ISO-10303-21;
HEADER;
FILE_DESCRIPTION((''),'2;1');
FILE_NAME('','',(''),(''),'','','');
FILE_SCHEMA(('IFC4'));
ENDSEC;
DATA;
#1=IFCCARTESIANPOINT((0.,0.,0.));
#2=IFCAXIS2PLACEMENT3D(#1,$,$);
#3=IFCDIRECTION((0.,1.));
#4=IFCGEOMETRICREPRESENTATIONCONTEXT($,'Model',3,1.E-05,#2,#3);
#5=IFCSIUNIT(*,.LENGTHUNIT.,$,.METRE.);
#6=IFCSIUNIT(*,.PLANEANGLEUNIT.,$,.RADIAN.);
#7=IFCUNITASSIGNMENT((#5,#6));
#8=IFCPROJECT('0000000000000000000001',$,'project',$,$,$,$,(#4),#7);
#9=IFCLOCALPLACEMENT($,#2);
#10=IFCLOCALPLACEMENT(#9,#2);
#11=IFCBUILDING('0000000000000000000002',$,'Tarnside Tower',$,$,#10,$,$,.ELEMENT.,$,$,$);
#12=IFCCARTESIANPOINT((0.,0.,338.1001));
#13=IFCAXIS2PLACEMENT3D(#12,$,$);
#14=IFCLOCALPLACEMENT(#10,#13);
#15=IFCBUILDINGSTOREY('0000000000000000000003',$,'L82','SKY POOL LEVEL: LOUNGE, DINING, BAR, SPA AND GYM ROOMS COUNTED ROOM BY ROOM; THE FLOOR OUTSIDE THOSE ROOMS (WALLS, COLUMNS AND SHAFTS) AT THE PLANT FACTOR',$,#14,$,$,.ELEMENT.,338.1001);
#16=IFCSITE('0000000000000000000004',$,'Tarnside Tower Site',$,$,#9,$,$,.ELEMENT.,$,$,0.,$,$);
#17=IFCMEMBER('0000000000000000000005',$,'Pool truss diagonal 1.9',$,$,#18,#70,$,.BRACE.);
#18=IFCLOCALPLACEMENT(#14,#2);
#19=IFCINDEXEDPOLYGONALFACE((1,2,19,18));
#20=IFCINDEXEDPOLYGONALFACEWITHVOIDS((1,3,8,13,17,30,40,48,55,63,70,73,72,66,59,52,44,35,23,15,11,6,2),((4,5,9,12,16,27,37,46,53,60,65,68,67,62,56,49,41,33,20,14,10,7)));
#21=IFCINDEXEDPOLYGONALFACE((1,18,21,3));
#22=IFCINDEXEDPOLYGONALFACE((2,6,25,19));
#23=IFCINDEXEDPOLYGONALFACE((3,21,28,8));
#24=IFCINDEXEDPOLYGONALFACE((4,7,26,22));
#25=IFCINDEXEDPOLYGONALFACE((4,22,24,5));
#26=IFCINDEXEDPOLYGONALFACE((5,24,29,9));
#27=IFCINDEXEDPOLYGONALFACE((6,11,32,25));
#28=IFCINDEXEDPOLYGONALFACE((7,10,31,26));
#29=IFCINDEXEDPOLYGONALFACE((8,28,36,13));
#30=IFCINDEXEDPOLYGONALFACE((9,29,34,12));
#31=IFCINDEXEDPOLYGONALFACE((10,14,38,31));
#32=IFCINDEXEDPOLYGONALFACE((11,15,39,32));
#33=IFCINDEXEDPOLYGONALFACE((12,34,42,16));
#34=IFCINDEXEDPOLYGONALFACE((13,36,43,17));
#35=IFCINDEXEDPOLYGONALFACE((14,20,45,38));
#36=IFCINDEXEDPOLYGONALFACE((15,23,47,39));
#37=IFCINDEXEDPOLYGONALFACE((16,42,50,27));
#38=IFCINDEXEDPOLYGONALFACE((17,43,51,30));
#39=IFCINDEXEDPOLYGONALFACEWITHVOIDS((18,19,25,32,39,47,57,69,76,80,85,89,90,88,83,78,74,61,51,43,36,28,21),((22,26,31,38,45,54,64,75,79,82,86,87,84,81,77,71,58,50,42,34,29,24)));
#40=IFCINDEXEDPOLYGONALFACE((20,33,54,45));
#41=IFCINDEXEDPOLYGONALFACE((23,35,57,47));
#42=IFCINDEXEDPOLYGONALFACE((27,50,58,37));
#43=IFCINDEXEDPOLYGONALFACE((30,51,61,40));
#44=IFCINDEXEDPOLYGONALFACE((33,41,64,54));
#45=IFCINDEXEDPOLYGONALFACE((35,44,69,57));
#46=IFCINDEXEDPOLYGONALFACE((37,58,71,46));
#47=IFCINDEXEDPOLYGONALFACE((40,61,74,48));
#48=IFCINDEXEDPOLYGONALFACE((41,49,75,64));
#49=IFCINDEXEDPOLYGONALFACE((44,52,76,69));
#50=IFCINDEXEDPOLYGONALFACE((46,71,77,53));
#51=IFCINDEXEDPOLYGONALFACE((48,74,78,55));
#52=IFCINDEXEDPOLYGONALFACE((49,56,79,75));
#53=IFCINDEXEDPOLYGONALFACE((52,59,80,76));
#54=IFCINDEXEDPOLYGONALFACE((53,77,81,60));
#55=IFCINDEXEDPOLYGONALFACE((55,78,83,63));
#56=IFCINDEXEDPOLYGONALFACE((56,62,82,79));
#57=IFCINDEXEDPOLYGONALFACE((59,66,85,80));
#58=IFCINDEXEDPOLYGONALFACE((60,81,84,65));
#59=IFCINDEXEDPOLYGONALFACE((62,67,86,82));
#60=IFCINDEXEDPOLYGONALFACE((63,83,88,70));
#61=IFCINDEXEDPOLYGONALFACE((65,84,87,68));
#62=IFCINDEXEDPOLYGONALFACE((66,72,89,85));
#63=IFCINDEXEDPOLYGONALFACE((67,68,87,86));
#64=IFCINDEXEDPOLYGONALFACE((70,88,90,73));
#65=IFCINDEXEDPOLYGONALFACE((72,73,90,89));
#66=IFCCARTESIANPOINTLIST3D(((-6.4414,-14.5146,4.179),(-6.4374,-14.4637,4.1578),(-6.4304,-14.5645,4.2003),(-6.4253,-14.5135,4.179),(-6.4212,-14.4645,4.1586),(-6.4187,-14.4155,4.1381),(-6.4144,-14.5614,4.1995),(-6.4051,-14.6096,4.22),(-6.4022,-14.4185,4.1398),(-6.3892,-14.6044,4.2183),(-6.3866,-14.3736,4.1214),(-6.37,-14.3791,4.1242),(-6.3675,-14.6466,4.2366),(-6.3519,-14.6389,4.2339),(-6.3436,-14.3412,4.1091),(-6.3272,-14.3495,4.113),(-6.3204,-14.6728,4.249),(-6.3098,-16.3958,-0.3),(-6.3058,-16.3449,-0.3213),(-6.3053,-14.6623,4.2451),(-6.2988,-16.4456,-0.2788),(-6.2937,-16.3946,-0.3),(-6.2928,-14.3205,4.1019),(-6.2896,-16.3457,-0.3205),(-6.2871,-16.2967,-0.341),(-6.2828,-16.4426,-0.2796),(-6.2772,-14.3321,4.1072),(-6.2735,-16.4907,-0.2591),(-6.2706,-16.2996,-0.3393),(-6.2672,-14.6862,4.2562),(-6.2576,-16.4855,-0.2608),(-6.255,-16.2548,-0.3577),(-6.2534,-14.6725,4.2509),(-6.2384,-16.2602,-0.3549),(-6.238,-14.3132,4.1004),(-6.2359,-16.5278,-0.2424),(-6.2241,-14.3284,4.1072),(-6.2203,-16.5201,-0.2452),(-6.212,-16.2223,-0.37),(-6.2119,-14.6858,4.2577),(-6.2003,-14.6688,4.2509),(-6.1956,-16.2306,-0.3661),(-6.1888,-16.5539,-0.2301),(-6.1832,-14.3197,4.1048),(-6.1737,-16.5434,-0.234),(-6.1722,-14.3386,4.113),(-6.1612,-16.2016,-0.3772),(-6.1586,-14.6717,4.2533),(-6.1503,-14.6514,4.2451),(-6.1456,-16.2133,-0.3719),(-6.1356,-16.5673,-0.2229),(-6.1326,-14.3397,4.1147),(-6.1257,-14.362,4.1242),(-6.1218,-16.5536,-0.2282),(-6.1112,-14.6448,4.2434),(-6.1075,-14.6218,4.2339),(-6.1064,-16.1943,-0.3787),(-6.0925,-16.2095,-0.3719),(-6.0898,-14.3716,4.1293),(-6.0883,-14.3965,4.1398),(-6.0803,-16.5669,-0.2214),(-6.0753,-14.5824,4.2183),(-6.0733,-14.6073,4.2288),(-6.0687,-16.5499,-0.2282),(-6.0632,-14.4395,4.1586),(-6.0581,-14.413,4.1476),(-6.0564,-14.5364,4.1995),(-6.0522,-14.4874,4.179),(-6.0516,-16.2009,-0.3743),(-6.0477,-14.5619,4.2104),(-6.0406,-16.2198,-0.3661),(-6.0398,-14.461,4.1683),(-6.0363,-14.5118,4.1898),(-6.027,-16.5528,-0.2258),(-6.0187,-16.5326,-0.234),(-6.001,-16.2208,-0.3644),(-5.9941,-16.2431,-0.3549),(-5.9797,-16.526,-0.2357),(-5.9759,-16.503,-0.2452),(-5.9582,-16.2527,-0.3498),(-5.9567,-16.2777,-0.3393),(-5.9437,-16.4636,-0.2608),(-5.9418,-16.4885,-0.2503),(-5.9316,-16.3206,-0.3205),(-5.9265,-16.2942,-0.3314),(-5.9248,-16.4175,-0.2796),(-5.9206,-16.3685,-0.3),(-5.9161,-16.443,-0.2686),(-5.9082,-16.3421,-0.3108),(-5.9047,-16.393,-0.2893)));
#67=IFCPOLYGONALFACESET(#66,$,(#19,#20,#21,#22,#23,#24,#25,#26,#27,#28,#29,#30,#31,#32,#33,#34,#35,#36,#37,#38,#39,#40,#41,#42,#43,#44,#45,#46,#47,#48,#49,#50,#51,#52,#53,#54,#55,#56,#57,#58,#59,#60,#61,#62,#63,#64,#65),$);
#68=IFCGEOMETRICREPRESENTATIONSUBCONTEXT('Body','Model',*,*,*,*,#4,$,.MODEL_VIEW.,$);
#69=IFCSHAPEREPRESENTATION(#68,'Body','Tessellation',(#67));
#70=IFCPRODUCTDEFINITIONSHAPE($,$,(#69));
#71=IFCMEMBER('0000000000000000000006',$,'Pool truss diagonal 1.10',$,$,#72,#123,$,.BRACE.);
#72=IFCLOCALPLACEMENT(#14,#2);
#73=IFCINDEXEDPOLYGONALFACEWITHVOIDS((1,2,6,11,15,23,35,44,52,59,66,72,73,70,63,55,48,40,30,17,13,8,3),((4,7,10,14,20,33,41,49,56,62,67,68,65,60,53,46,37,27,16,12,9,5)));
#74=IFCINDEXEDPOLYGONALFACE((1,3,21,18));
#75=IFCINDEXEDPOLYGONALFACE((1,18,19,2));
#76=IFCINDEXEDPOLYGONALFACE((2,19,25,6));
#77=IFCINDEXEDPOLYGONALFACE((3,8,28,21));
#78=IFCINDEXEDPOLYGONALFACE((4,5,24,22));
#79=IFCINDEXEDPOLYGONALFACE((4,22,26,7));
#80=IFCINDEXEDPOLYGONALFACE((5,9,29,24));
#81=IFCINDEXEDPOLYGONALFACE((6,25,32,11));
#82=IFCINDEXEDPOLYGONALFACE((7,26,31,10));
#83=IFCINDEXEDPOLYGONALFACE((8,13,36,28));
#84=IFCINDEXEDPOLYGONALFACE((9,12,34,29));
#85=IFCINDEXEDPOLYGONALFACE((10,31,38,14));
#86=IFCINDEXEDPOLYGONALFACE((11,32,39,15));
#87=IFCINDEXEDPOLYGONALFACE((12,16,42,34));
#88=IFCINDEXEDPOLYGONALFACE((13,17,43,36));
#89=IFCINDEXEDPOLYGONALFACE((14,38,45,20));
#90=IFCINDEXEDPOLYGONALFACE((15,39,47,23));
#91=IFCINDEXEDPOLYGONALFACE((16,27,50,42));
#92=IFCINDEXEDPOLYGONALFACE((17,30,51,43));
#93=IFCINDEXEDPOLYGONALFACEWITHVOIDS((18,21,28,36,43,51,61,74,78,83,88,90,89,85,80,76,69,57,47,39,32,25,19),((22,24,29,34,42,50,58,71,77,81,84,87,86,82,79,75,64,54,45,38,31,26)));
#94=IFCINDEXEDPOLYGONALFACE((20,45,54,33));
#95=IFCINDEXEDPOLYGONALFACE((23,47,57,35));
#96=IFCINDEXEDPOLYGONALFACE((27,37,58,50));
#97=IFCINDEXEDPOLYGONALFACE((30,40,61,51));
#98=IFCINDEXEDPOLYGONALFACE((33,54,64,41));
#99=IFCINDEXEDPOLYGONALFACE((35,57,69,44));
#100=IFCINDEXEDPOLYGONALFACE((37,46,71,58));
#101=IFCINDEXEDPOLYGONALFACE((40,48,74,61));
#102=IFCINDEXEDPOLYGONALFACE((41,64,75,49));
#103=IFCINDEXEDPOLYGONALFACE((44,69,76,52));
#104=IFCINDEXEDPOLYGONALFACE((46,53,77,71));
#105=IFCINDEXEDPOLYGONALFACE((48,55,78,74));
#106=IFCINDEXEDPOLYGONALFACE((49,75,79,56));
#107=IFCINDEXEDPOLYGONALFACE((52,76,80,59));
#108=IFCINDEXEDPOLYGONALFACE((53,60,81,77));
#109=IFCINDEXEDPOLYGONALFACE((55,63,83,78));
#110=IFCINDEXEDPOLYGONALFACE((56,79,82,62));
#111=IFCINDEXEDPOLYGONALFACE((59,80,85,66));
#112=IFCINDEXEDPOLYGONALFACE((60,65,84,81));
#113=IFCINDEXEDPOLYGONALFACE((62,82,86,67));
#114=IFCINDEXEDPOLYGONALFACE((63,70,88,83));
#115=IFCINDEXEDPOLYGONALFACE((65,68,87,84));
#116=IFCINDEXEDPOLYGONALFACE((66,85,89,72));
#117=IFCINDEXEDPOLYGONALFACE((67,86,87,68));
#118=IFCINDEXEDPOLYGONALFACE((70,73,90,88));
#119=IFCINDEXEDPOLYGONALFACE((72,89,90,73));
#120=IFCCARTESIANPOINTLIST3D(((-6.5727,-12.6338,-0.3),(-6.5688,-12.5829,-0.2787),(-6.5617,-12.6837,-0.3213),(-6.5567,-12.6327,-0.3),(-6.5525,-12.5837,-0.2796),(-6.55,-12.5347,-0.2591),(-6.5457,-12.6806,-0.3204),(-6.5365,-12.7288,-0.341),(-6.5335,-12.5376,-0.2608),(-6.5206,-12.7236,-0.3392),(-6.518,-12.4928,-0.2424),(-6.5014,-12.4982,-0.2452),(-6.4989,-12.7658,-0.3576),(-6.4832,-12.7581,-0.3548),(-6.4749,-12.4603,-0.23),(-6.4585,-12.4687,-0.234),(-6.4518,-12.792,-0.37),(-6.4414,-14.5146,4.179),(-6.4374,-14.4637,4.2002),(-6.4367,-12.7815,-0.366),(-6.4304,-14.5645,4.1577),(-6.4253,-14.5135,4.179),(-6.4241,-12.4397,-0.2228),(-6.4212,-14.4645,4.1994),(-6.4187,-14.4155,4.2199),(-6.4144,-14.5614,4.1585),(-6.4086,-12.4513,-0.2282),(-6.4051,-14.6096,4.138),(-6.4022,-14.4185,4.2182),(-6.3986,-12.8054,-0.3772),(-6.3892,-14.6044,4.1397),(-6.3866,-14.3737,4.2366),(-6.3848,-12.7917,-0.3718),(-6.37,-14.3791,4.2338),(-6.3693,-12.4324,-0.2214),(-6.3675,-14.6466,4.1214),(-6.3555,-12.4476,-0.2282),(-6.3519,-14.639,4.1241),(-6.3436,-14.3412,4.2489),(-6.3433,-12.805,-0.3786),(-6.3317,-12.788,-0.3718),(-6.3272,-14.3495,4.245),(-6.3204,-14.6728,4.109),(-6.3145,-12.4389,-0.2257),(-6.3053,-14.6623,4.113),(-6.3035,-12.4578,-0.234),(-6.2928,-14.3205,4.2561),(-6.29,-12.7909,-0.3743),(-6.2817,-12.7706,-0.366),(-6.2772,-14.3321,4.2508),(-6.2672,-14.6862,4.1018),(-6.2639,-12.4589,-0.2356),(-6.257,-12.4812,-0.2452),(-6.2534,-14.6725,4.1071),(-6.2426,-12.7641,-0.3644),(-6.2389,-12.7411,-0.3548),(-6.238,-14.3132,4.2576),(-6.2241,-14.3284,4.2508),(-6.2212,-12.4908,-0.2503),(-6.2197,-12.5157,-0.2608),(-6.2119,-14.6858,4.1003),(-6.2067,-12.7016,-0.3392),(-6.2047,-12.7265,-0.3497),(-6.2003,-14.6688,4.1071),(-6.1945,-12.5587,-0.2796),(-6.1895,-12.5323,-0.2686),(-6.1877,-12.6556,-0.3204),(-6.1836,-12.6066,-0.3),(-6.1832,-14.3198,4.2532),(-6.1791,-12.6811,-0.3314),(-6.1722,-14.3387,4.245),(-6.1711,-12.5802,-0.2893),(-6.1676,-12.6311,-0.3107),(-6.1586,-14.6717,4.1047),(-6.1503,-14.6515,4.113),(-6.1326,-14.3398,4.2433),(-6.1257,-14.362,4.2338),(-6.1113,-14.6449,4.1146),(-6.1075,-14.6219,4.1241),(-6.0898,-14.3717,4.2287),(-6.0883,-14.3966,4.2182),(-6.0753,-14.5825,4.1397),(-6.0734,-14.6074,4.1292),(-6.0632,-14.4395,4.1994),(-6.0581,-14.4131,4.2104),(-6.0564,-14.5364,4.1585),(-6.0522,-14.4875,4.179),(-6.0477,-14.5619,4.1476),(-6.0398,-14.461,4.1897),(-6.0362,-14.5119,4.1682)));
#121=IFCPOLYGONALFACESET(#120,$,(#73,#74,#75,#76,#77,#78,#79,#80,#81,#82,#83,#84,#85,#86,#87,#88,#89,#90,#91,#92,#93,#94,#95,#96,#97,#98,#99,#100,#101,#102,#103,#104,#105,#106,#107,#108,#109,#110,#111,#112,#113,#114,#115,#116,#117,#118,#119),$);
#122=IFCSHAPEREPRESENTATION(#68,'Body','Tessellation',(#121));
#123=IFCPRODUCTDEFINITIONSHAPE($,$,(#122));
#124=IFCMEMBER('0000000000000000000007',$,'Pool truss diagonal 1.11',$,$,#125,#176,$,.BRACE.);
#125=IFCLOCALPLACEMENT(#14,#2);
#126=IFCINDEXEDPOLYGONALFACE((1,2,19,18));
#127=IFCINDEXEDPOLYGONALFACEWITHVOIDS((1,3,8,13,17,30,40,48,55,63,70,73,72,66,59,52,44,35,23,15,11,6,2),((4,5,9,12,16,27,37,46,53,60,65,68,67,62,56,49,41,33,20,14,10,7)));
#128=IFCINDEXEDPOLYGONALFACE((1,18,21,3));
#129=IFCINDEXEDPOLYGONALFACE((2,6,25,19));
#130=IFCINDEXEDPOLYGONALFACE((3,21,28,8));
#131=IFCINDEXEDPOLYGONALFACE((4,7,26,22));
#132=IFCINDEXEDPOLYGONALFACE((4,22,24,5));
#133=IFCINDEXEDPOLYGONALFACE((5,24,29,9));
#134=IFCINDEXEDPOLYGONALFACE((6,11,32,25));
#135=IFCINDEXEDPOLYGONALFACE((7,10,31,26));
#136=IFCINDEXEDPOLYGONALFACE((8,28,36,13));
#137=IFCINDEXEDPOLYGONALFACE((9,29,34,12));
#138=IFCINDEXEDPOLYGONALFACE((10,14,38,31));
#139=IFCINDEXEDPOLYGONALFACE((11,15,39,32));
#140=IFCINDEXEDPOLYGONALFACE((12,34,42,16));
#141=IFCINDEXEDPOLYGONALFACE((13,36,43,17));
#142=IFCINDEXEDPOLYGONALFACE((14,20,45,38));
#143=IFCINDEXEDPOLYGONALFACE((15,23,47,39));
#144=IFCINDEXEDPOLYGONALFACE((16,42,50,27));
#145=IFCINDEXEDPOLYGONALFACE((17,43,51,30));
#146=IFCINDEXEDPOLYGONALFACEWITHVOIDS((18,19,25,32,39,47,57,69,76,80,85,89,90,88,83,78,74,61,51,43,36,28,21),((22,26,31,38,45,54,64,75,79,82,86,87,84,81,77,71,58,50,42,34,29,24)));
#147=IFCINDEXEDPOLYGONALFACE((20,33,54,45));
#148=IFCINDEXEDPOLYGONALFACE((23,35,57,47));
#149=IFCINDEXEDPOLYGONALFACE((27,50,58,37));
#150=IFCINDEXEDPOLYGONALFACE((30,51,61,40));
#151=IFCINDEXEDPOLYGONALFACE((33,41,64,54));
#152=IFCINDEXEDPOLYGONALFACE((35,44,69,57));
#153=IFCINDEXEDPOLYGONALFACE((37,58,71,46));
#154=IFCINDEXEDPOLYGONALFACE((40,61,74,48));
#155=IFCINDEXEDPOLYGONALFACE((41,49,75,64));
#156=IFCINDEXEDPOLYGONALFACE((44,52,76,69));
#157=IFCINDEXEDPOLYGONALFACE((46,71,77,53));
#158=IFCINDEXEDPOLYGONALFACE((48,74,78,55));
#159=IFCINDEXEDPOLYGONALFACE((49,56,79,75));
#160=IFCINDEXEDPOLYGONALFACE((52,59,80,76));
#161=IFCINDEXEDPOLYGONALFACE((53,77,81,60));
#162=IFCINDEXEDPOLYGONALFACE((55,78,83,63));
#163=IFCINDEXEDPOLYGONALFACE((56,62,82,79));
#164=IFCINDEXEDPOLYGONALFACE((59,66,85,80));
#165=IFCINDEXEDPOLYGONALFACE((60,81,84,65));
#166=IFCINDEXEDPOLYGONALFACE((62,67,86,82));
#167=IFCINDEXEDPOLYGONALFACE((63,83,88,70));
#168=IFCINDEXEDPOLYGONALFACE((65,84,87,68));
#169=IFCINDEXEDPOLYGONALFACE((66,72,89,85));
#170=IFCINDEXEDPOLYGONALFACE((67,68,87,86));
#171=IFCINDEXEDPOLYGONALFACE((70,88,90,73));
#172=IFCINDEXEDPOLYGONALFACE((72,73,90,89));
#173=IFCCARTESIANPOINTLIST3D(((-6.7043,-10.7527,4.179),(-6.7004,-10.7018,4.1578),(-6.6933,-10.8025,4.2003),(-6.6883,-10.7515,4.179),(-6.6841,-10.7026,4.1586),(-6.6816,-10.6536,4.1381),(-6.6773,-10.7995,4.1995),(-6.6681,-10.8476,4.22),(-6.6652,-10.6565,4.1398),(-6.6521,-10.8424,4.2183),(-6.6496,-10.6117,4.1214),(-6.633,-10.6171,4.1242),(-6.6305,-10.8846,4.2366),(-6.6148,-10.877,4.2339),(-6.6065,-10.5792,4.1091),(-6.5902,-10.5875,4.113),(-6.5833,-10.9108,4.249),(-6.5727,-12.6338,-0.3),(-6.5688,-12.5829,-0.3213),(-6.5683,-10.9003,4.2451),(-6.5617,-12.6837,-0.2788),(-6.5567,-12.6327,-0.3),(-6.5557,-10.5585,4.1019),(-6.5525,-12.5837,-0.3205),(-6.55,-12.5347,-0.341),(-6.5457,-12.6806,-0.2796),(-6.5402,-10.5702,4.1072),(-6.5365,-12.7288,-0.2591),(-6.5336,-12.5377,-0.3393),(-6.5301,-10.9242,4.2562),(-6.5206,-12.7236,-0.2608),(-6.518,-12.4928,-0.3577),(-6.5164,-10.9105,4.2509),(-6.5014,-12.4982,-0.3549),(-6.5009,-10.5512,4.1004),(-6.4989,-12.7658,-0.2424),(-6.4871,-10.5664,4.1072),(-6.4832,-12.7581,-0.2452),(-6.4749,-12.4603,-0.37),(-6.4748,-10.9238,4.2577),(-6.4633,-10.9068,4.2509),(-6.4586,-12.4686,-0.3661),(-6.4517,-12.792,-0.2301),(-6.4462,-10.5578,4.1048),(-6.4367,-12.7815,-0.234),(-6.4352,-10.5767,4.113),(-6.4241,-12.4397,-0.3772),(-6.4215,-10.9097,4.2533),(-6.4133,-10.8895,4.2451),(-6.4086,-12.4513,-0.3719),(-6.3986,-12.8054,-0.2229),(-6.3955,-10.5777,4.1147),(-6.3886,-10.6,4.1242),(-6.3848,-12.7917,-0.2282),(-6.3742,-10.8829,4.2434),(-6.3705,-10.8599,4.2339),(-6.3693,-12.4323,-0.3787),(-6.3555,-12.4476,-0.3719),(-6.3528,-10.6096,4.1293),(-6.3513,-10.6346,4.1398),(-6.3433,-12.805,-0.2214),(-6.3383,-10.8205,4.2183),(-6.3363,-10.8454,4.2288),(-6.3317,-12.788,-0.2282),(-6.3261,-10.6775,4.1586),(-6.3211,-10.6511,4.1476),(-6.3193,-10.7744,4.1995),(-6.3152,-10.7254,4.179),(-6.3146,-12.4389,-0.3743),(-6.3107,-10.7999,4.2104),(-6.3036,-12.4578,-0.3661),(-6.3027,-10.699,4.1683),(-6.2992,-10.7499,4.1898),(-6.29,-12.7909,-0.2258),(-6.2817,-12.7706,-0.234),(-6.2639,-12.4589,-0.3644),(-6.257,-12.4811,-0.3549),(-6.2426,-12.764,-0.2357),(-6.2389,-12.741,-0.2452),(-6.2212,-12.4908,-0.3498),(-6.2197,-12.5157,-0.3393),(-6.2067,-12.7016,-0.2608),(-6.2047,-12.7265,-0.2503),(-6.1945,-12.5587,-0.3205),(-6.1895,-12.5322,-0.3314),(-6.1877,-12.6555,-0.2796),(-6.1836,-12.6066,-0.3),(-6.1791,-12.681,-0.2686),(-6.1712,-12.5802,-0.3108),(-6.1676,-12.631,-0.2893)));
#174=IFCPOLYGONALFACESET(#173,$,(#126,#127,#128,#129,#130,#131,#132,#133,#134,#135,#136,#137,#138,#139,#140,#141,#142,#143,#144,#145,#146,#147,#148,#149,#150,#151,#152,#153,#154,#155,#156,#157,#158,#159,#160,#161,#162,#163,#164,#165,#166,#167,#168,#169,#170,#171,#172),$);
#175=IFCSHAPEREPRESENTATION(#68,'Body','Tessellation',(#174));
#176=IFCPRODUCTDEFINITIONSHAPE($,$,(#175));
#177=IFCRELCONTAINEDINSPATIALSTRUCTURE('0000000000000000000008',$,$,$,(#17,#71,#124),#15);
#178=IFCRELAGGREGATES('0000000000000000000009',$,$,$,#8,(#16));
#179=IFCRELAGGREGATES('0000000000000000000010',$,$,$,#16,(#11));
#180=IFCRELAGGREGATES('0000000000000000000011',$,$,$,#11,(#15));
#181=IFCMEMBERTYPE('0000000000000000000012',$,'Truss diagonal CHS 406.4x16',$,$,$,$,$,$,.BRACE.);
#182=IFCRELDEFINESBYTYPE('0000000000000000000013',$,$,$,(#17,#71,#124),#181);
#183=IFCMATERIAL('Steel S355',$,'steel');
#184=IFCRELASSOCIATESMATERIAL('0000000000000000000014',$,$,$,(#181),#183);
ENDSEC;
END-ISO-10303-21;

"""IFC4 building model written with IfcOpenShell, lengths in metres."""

from ifc_helpers import new_model, si_unit, direction, frame, origin, origin_2d, place, context, subcontext, project, spatial, hollow_circle, extrude, material, material_profile, profile_set, type_object, element, save


model = new_model("IFC4")

# Units and contexts
model_context = context("Model", 3, precision=1e-05, world=origin(), true_north=direction((0.0, 1.0)))
body_context = subcontext(model_context, "Body", "Model", "MODEL_VIEW")
ifc_project = project(units=[si_unit("LENGTHUNIT", "METRE"), si_unit("PLANEANGLEUNIT", "RADIAN")], contexts=[model_context])

# Site, building, storey
site_placement = place(None, origin())
site = spatial("IfcSite", under=ifc_project, at=site_placement, Name="Tarnside Tower Site", CompositionType="ELEMENT", RefElevation=0.0)
building_placement = place(site_placement, origin())
building = spatial("IfcBuilding", under=site, at=building_placement, Name="Tarnside Tower", CompositionType="ELEMENT")
storey_placement = place(building_placement, frame((0.0, 0.0, 338.1001)))
storey = spatial("IfcBuildingStorey", under=building, at=storey_placement, Name="L82", Description="SKY POOL LEVEL: LOUNGE, DINING, BAR, SPA AND GYM ROOMS COUNTED ROOM BY ROOM; THE FLOOR OUTSIDE THOSE ROOMS (WALLS, COLUMNS AND SHAFTS) AT THE PLANT FACTOR", CompositionType="ELEMENT", Elevation=338.1001)

# Shared definitions
ifc_material_1 = material(Name="Steel S355", Category="steel")

# Members
ifc_material_profile_1 = material_profile(ifc_material_1, hollow_circle(Radius=0.2031, WallThickness=0.0161, at=origin_2d()), Name="CHS 406.4x16")
ifc_profile_set_1 = profile_set([ifc_material_profile_1], Name="Steel S355")
member_type_1 = type_object("IfcMemberType", Name="Truss diagonal CHS 406.4x16", PredefinedType="BRACE", material=ifc_profile_set_1)
member_1_placement = place(storey_placement, frame((-6.1072, -16.3816, -0.3), z_axis=(-0.027078, 0.387077, 0.92165), x_axis=(-0.997562, -0.069784, 0.0)))
element("IfcMember", 1, at=member_1_placement, inside=storey, type_object=member_type_1, Name="Pool truss diagonal 1.9", PredefinedType="BRACE", context=body_context, shape_type="SweptSolid", body=[
    extrude(hollow_circle(Radius=0.2031, WallThickness=0.0161, at=origin_2d()), origin(), (0.0, 0.0, 1.0), 4.8599),
])
member_2_placement = place(storey_placement, frame((-6.2388, -14.5005, 4.179), z_axis=(-0.027028, 0.387035, -0.921669), x_axis=(-0.99757, -0.069664, 0.0)))
element("IfcMember", 2, at=member_2_placement, inside=storey, type_object=member_type_1, Name="Pool truss diagonal 1.10", PredefinedType="BRACE", context=body_context, shape_type="SweptSolid", body=[
    extrude(hollow_circle(Radius=0.2031, WallThickness=0.0161, at=origin_2d()), origin(), (0.0, 0.0, 1.0), 4.8596),
])
member_3_placement = place(storey_placement, frame((-6.3701, -12.6196, -0.3), z_axis=(-0.027078, 0.387077, 0.92165), x_axis=(-0.997562, -0.069784, 0.0)))
element("IfcMember", 3, at=member_3_placement, inside=storey, type_object=member_type_1, Name="Pool truss diagonal 1.11", PredefinedType="BRACE", context=body_context, shape_type="SweptSolid", body=[
    extrude(hollow_circle(Radius=0.2031, WallThickness=0.0161, at=origin_2d()), origin(), (0.0, 0.0, 1.0), 4.8599),
])

save(model, "model.ifc")
